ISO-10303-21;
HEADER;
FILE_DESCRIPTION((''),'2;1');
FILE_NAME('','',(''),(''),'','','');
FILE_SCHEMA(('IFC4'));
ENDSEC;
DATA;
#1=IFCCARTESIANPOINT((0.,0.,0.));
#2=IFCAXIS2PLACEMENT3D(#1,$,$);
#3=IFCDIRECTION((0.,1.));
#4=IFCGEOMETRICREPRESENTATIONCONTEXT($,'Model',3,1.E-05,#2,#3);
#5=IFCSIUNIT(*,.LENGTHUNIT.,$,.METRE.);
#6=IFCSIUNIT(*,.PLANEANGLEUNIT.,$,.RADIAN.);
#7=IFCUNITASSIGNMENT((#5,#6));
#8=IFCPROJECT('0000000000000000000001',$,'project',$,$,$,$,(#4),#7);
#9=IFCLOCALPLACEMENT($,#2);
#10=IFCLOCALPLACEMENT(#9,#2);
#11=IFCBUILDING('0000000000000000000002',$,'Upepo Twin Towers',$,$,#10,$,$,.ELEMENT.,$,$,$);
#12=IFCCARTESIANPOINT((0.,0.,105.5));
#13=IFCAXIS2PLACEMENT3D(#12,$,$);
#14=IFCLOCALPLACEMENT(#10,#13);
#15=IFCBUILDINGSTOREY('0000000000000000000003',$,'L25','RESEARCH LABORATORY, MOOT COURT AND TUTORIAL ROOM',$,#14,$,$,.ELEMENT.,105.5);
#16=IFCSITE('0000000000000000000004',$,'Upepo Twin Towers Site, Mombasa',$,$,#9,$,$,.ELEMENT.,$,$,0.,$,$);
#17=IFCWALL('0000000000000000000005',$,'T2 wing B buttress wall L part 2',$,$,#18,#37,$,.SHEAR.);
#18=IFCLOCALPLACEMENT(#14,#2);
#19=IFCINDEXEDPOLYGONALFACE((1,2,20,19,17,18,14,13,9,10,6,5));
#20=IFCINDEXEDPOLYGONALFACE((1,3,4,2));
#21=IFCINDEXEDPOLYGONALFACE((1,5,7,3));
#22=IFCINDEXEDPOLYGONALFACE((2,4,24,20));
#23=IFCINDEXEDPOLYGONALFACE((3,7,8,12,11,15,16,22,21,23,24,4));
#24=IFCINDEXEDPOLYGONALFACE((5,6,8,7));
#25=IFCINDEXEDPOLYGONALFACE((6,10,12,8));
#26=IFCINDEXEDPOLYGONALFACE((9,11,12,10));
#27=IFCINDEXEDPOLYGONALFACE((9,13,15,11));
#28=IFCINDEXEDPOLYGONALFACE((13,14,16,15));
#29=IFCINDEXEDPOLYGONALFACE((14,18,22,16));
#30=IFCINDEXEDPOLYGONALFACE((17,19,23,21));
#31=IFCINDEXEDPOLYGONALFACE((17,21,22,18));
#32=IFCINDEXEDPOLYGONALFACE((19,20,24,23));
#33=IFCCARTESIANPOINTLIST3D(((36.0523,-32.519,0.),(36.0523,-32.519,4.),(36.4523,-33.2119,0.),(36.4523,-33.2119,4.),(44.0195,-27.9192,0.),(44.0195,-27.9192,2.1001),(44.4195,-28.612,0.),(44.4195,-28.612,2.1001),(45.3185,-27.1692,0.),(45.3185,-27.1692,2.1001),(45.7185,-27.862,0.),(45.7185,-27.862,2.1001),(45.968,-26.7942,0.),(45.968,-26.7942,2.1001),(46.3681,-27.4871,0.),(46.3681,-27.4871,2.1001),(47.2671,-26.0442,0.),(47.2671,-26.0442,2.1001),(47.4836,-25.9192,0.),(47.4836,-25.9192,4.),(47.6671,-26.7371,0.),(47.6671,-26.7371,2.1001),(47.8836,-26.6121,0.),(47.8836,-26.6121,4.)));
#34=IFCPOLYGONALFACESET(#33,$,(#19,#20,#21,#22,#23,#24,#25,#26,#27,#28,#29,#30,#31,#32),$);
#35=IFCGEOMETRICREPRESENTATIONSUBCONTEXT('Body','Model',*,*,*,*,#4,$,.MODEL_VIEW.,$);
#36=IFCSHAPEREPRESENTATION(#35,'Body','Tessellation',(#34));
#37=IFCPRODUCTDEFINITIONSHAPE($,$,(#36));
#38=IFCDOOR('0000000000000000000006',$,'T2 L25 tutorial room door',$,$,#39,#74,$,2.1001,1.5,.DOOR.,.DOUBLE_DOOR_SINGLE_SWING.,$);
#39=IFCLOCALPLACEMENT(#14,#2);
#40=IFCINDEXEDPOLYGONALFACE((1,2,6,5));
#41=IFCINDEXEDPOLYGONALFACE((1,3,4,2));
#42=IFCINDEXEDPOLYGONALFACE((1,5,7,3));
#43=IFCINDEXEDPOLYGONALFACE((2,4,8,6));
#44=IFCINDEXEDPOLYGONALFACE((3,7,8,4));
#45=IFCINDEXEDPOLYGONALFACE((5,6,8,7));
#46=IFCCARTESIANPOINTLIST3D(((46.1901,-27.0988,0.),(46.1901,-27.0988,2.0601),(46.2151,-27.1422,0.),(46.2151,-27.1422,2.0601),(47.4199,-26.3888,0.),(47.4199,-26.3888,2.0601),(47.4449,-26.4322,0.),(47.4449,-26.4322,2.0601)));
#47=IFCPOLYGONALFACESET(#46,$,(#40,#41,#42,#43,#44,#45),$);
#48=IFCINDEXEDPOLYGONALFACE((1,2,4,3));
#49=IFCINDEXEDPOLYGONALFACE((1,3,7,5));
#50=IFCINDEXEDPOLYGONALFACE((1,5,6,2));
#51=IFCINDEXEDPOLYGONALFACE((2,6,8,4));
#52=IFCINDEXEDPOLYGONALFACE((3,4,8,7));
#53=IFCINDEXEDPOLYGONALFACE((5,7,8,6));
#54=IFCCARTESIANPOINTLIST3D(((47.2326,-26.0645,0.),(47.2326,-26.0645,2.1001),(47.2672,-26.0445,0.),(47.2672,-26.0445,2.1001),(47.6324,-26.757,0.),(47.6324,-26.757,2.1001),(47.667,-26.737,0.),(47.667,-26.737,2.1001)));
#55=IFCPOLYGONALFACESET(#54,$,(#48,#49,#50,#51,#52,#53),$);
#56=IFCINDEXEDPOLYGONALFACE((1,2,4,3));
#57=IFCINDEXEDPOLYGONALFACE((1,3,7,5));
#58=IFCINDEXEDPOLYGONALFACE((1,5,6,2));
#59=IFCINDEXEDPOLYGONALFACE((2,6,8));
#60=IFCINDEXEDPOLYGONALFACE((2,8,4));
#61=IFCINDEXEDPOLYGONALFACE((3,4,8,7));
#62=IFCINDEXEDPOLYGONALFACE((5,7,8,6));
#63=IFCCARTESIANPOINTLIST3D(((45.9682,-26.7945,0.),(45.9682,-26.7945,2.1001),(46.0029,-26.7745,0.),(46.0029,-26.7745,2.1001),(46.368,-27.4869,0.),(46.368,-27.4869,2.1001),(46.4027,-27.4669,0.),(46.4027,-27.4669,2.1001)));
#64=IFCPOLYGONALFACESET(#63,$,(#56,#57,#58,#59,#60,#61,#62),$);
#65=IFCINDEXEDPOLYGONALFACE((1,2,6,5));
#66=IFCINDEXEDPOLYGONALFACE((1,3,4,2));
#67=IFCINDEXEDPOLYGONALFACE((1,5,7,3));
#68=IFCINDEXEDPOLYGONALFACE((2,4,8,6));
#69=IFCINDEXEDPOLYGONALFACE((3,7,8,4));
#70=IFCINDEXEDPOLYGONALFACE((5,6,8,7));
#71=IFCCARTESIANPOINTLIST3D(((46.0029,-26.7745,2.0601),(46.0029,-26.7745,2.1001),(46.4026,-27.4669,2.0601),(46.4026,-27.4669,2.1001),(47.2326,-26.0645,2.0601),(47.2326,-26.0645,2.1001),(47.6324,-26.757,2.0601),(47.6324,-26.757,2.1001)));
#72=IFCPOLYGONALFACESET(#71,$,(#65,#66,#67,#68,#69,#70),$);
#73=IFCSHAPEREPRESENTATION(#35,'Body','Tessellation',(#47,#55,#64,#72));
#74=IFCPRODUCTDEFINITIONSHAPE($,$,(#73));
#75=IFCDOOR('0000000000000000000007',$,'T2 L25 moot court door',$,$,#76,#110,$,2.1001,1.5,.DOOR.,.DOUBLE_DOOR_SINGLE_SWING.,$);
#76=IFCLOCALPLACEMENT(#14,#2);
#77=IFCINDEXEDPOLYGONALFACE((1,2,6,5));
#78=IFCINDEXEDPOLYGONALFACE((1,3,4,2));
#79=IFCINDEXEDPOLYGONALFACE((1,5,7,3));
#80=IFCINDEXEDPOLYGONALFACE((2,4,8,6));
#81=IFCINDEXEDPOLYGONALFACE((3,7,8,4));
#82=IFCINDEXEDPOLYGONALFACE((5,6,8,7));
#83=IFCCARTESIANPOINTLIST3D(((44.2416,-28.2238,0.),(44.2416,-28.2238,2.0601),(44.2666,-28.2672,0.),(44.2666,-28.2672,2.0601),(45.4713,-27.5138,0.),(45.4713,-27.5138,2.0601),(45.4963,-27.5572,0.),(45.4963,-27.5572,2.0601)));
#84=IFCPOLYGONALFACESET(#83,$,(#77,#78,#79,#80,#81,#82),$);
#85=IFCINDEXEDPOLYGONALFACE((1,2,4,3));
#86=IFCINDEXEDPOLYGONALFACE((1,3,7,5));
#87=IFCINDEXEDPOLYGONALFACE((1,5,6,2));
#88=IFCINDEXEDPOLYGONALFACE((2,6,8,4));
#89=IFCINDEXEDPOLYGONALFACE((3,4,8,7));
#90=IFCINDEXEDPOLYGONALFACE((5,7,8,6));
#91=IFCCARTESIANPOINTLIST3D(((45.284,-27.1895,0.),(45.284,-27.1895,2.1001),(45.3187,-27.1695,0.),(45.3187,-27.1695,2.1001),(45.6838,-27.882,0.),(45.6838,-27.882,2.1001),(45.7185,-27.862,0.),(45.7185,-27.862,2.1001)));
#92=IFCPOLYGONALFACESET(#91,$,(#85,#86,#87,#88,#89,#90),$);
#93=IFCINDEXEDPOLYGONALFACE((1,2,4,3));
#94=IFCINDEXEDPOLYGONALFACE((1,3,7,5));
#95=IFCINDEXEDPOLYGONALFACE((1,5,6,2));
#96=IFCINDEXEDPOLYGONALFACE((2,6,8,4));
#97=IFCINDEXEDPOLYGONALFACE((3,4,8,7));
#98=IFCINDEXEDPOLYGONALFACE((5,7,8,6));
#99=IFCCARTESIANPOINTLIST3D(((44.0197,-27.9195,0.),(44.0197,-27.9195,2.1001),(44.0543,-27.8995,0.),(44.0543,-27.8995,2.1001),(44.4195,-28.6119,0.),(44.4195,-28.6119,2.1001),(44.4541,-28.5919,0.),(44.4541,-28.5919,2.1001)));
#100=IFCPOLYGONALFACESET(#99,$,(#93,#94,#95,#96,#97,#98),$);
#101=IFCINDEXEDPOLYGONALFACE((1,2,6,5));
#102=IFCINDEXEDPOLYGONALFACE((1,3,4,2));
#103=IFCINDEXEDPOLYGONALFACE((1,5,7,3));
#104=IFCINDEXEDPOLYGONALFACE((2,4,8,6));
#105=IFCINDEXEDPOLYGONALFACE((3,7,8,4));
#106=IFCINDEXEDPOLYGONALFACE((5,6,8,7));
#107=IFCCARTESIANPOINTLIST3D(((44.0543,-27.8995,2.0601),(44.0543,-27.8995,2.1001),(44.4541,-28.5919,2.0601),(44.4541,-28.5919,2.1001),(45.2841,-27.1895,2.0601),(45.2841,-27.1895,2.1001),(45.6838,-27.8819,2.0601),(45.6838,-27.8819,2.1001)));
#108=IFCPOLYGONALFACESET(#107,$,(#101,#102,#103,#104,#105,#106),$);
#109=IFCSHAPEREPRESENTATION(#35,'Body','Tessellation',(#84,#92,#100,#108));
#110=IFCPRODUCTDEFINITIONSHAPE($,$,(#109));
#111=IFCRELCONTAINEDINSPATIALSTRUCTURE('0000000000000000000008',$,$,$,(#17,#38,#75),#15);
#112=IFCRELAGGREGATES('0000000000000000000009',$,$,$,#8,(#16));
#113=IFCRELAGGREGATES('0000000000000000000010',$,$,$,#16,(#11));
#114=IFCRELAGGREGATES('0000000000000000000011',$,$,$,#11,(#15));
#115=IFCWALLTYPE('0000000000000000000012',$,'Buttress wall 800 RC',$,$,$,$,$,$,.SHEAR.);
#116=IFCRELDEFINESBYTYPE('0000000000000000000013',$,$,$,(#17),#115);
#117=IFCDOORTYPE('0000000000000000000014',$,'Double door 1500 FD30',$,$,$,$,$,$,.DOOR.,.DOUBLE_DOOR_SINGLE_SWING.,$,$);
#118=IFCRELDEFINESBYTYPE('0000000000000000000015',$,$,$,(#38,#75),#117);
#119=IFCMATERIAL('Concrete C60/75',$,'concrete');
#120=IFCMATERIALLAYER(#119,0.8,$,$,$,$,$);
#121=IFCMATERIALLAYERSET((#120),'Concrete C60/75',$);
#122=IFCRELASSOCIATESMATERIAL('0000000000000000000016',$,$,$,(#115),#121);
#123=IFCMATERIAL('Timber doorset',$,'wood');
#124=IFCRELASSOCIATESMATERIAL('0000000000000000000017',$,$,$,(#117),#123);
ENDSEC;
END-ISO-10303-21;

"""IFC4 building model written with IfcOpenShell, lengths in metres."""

from ifc_helpers import new_model, si_unit, direction, frame, frame_2d, origin, place, context, subcontext, project, spatial, rectangle, extrude, material, layer, layer_set, type_object, element, fill, save


model = new_model("IFC4")

# Units and contexts
model_context = context("Model", 3, precision=1e-05, world=origin(), true_north=direction((0.0, 1.0)))
body_context = subcontext(model_context, "Body", "Model", "MODEL_VIEW")
ifc_project = project(units=[si_unit("LENGTHUNIT", "METRE"), si_unit("PLANEANGLEUNIT", "RADIAN")], contexts=[model_context])

# Site, building, storey
site_placement = place(None, origin())
site = spatial("IfcSite", under=ifc_project, at=site_placement, Name="Upepo Twin Towers Site, Mombasa", CompositionType="ELEMENT", RefElevation=0.0)
building_placement = place(site_placement, origin())
building = spatial("IfcBuilding", under=site, at=building_placement, Name="Upepo Twin Towers", CompositionType="ELEMENT")
storey_placement = place(building_placement, frame((0.0, 0.0, 105.5)))
storey = spatial("IfcBuildingStorey", under=building, at=storey_placement, Name="L25", Description="RESEARCH LABORATORY, MOOT COURT AND TUTORIAL ROOM", CompositionType="ELEMENT", Elevation=105.5)

# Wall, openings, doors
ifc_material_1 = material(Name="Concrete C60/75", Category="concrete")
ifc_layer_1 = layer(ifc_material_1, 0.8)
ifc_layer_set_1 = layer_set([ifc_layer_1], Name="Concrete C60/75")
wall_type_1 = type_object("IfcWallType", Name="Buttress wall 800 RC", PredefinedType="SHEAR", material=ifc_layer_set_1)
wall_1_placement = place(storey_placement, frame((47.6836, -26.2656, 0.0), z_axis=(0.0, 0.0, 1.0), x_axis=(-0.866028, -0.499996, 0.0)))
wall_1 = element("IfcWall", 1, at=wall_1_placement, inside=storey, type_object=wall_type_1, Name="T2 wing B buttress wall L part 2", PredefinedType="SHEAR", context=body_context, shape_type="SweptSolid", body=[
    extrude(rectangle(XDim=13.1997, YDim=0.8, at=frame_2d((6.5999, 0.0))), origin(), (0.0, 0.0, 1.0), 4.0),
])
opening_1_placement = place(wall_1_placement, frame((0.25, 0.0, 0.0)))
opening_1 = element("IfcOpeningElement", 2, at=opening_1_placement, cuts=wall_1, PredefinedType="OPENING", context=body_context, shape_type="SweptSolid", body=[
    extrude(rectangle(XDim=1.5, YDim=2.1001, at=frame_2d((0.75, 1.05))), frame((0.0, 0.4099, 0.0), z_axis=(0.0, -1.0, 0.0), x_axis=(1.0, 0.0, 0.0)), (0.0, 0.0, 1.0), 0.8201),
])
opening_2_placement = place(wall_1_placement, frame((2.5, 0.0, 0.0)))
opening_2 = element("IfcOpeningElement", 3, at=opening_2_placement, cuts=wall_1, PredefinedType="OPENING", context=body_context, shape_type="SweptSolid", body=[
    extrude(rectangle(XDim=1.5, YDim=2.1001, at=frame_2d((0.75, 1.05))), frame((0.0, 0.4099, 0.0), z_axis=(0.0, -1.0, 0.0), x_axis=(1.0, 0.0, 0.0)), (0.0, 0.0, 1.0), 0.8201),
])
ifc_material_2 = material(Name="Timber doorset", Category="wood")
door_type_1 = type_object("IfcDoorType", Name="Double door 1500 FD30", OperationType="DOUBLE_DOOR_SINGLE_SWING", PredefinedType="DOOR", material=ifc_material_2)
door_1_placement = place(opening_1_placement, origin())
door_1 = element("IfcDoor", 4, at=door_1_placement, inside=storey, type_object=door_type_1, Name="T2 L25 tutorial room door", OperationType="DOUBLE_DOOR_SINGLE_SWING", OverallHeight=2.1001, OverallWidth=1.5, PredefinedType="DOOR", context=body_context, shape_type="SweptSolid", body=[
    extrude(rectangle(XDim=1.42, YDim=2.0601, at=frame_2d((0.75, 1.03))), frame((0.0, 0.0249, 0.0), z_axis=(0.0, -1.0, 0.0), x_axis=(1.0, 0.0, 0.0)), (0.0, 0.0, 1.0), 0.05),
    extrude(rectangle(XDim=0.04, YDim=2.1001, at=frame_2d((0.02, 1.05))), frame((0.0, 0.3999, 0.0), z_axis=(0.0, -1.0, 0.0), x_axis=(1.0, 0.0, 0.0)), (0.0, 0.0, 1.0), 0.7996),
    extrude(rectangle(XDim=0.04, YDim=2.1001, at=frame_2d((1.48, 1.05))), frame((0.0, 0.3999, 0.0), z_axis=(0.0, -1.0, 0.0), x_axis=(1.0, 0.0, 0.0)), (0.0, 0.0, 1.0), 0.7996),
    extrude(rectangle(XDim=1.42, YDim=0.04, at=frame_2d((0.75, 2.0801))), frame((0.0, 0.3999, 0.0), z_axis=(0.0, -1.0, 0.0), x_axis=(1.0, 0.0, 0.0)), (0.0, 0.0, 1.0), 0.7996),
])
fill(opening_1, door_1)
door_2_placement = place(opening_2_placement, origin())
door_2 = element("IfcDoor", 5, at=door_2_placement, inside=storey, type_object=door_type_1, Name="T2 L25 moot court door", OperationType="DOUBLE_DOOR_SINGLE_SWING", OverallHeight=2.1001, OverallWidth=1.5, PredefinedType="DOOR", context=body_context, shape_type="SweptSolid", body=[
    extrude(rectangle(XDim=1.42, YDim=2.0601, at=frame_2d((0.75, 1.03))), frame((0.0, 0.0249, 0.0), z_axis=(0.0, -1.0, 0.0), x_axis=(1.0, 0.0, 0.0)), (0.0, 0.0, 1.0), 0.05),
    extrude(rectangle(XDim=0.04, YDim=2.1001, at=frame_2d((0.02, 1.05))), frame((0.0, 0.3999, 0.0), z_axis=(0.0, -1.0, 0.0), x_axis=(1.0, 0.0, 0.0)), (0.0, 0.0, 1.0), 0.7996),
    extrude(rectangle(XDim=0.04, YDim=2.1001, at=frame_2d((1.48, 1.05))), frame((0.0, 0.3999, 0.0), z_axis=(0.0, -1.0, 0.0), x_axis=(1.0, 0.0, 0.0)), (0.0, 0.0, 1.0), 0.7996),
    extrude(rectangle(XDim=1.42, YDim=0.04, at=frame_2d((0.75, 2.0801))), frame((0.0, 0.3999, 0.0), z_axis=(0.0, -1.0, 0.0), x_axis=(1.0, 0.0, 0.0)), (0.0, 0.0, 1.0), 0.7996),
])
fill(opening_2, door_2)

save(model, "model.ifc")
